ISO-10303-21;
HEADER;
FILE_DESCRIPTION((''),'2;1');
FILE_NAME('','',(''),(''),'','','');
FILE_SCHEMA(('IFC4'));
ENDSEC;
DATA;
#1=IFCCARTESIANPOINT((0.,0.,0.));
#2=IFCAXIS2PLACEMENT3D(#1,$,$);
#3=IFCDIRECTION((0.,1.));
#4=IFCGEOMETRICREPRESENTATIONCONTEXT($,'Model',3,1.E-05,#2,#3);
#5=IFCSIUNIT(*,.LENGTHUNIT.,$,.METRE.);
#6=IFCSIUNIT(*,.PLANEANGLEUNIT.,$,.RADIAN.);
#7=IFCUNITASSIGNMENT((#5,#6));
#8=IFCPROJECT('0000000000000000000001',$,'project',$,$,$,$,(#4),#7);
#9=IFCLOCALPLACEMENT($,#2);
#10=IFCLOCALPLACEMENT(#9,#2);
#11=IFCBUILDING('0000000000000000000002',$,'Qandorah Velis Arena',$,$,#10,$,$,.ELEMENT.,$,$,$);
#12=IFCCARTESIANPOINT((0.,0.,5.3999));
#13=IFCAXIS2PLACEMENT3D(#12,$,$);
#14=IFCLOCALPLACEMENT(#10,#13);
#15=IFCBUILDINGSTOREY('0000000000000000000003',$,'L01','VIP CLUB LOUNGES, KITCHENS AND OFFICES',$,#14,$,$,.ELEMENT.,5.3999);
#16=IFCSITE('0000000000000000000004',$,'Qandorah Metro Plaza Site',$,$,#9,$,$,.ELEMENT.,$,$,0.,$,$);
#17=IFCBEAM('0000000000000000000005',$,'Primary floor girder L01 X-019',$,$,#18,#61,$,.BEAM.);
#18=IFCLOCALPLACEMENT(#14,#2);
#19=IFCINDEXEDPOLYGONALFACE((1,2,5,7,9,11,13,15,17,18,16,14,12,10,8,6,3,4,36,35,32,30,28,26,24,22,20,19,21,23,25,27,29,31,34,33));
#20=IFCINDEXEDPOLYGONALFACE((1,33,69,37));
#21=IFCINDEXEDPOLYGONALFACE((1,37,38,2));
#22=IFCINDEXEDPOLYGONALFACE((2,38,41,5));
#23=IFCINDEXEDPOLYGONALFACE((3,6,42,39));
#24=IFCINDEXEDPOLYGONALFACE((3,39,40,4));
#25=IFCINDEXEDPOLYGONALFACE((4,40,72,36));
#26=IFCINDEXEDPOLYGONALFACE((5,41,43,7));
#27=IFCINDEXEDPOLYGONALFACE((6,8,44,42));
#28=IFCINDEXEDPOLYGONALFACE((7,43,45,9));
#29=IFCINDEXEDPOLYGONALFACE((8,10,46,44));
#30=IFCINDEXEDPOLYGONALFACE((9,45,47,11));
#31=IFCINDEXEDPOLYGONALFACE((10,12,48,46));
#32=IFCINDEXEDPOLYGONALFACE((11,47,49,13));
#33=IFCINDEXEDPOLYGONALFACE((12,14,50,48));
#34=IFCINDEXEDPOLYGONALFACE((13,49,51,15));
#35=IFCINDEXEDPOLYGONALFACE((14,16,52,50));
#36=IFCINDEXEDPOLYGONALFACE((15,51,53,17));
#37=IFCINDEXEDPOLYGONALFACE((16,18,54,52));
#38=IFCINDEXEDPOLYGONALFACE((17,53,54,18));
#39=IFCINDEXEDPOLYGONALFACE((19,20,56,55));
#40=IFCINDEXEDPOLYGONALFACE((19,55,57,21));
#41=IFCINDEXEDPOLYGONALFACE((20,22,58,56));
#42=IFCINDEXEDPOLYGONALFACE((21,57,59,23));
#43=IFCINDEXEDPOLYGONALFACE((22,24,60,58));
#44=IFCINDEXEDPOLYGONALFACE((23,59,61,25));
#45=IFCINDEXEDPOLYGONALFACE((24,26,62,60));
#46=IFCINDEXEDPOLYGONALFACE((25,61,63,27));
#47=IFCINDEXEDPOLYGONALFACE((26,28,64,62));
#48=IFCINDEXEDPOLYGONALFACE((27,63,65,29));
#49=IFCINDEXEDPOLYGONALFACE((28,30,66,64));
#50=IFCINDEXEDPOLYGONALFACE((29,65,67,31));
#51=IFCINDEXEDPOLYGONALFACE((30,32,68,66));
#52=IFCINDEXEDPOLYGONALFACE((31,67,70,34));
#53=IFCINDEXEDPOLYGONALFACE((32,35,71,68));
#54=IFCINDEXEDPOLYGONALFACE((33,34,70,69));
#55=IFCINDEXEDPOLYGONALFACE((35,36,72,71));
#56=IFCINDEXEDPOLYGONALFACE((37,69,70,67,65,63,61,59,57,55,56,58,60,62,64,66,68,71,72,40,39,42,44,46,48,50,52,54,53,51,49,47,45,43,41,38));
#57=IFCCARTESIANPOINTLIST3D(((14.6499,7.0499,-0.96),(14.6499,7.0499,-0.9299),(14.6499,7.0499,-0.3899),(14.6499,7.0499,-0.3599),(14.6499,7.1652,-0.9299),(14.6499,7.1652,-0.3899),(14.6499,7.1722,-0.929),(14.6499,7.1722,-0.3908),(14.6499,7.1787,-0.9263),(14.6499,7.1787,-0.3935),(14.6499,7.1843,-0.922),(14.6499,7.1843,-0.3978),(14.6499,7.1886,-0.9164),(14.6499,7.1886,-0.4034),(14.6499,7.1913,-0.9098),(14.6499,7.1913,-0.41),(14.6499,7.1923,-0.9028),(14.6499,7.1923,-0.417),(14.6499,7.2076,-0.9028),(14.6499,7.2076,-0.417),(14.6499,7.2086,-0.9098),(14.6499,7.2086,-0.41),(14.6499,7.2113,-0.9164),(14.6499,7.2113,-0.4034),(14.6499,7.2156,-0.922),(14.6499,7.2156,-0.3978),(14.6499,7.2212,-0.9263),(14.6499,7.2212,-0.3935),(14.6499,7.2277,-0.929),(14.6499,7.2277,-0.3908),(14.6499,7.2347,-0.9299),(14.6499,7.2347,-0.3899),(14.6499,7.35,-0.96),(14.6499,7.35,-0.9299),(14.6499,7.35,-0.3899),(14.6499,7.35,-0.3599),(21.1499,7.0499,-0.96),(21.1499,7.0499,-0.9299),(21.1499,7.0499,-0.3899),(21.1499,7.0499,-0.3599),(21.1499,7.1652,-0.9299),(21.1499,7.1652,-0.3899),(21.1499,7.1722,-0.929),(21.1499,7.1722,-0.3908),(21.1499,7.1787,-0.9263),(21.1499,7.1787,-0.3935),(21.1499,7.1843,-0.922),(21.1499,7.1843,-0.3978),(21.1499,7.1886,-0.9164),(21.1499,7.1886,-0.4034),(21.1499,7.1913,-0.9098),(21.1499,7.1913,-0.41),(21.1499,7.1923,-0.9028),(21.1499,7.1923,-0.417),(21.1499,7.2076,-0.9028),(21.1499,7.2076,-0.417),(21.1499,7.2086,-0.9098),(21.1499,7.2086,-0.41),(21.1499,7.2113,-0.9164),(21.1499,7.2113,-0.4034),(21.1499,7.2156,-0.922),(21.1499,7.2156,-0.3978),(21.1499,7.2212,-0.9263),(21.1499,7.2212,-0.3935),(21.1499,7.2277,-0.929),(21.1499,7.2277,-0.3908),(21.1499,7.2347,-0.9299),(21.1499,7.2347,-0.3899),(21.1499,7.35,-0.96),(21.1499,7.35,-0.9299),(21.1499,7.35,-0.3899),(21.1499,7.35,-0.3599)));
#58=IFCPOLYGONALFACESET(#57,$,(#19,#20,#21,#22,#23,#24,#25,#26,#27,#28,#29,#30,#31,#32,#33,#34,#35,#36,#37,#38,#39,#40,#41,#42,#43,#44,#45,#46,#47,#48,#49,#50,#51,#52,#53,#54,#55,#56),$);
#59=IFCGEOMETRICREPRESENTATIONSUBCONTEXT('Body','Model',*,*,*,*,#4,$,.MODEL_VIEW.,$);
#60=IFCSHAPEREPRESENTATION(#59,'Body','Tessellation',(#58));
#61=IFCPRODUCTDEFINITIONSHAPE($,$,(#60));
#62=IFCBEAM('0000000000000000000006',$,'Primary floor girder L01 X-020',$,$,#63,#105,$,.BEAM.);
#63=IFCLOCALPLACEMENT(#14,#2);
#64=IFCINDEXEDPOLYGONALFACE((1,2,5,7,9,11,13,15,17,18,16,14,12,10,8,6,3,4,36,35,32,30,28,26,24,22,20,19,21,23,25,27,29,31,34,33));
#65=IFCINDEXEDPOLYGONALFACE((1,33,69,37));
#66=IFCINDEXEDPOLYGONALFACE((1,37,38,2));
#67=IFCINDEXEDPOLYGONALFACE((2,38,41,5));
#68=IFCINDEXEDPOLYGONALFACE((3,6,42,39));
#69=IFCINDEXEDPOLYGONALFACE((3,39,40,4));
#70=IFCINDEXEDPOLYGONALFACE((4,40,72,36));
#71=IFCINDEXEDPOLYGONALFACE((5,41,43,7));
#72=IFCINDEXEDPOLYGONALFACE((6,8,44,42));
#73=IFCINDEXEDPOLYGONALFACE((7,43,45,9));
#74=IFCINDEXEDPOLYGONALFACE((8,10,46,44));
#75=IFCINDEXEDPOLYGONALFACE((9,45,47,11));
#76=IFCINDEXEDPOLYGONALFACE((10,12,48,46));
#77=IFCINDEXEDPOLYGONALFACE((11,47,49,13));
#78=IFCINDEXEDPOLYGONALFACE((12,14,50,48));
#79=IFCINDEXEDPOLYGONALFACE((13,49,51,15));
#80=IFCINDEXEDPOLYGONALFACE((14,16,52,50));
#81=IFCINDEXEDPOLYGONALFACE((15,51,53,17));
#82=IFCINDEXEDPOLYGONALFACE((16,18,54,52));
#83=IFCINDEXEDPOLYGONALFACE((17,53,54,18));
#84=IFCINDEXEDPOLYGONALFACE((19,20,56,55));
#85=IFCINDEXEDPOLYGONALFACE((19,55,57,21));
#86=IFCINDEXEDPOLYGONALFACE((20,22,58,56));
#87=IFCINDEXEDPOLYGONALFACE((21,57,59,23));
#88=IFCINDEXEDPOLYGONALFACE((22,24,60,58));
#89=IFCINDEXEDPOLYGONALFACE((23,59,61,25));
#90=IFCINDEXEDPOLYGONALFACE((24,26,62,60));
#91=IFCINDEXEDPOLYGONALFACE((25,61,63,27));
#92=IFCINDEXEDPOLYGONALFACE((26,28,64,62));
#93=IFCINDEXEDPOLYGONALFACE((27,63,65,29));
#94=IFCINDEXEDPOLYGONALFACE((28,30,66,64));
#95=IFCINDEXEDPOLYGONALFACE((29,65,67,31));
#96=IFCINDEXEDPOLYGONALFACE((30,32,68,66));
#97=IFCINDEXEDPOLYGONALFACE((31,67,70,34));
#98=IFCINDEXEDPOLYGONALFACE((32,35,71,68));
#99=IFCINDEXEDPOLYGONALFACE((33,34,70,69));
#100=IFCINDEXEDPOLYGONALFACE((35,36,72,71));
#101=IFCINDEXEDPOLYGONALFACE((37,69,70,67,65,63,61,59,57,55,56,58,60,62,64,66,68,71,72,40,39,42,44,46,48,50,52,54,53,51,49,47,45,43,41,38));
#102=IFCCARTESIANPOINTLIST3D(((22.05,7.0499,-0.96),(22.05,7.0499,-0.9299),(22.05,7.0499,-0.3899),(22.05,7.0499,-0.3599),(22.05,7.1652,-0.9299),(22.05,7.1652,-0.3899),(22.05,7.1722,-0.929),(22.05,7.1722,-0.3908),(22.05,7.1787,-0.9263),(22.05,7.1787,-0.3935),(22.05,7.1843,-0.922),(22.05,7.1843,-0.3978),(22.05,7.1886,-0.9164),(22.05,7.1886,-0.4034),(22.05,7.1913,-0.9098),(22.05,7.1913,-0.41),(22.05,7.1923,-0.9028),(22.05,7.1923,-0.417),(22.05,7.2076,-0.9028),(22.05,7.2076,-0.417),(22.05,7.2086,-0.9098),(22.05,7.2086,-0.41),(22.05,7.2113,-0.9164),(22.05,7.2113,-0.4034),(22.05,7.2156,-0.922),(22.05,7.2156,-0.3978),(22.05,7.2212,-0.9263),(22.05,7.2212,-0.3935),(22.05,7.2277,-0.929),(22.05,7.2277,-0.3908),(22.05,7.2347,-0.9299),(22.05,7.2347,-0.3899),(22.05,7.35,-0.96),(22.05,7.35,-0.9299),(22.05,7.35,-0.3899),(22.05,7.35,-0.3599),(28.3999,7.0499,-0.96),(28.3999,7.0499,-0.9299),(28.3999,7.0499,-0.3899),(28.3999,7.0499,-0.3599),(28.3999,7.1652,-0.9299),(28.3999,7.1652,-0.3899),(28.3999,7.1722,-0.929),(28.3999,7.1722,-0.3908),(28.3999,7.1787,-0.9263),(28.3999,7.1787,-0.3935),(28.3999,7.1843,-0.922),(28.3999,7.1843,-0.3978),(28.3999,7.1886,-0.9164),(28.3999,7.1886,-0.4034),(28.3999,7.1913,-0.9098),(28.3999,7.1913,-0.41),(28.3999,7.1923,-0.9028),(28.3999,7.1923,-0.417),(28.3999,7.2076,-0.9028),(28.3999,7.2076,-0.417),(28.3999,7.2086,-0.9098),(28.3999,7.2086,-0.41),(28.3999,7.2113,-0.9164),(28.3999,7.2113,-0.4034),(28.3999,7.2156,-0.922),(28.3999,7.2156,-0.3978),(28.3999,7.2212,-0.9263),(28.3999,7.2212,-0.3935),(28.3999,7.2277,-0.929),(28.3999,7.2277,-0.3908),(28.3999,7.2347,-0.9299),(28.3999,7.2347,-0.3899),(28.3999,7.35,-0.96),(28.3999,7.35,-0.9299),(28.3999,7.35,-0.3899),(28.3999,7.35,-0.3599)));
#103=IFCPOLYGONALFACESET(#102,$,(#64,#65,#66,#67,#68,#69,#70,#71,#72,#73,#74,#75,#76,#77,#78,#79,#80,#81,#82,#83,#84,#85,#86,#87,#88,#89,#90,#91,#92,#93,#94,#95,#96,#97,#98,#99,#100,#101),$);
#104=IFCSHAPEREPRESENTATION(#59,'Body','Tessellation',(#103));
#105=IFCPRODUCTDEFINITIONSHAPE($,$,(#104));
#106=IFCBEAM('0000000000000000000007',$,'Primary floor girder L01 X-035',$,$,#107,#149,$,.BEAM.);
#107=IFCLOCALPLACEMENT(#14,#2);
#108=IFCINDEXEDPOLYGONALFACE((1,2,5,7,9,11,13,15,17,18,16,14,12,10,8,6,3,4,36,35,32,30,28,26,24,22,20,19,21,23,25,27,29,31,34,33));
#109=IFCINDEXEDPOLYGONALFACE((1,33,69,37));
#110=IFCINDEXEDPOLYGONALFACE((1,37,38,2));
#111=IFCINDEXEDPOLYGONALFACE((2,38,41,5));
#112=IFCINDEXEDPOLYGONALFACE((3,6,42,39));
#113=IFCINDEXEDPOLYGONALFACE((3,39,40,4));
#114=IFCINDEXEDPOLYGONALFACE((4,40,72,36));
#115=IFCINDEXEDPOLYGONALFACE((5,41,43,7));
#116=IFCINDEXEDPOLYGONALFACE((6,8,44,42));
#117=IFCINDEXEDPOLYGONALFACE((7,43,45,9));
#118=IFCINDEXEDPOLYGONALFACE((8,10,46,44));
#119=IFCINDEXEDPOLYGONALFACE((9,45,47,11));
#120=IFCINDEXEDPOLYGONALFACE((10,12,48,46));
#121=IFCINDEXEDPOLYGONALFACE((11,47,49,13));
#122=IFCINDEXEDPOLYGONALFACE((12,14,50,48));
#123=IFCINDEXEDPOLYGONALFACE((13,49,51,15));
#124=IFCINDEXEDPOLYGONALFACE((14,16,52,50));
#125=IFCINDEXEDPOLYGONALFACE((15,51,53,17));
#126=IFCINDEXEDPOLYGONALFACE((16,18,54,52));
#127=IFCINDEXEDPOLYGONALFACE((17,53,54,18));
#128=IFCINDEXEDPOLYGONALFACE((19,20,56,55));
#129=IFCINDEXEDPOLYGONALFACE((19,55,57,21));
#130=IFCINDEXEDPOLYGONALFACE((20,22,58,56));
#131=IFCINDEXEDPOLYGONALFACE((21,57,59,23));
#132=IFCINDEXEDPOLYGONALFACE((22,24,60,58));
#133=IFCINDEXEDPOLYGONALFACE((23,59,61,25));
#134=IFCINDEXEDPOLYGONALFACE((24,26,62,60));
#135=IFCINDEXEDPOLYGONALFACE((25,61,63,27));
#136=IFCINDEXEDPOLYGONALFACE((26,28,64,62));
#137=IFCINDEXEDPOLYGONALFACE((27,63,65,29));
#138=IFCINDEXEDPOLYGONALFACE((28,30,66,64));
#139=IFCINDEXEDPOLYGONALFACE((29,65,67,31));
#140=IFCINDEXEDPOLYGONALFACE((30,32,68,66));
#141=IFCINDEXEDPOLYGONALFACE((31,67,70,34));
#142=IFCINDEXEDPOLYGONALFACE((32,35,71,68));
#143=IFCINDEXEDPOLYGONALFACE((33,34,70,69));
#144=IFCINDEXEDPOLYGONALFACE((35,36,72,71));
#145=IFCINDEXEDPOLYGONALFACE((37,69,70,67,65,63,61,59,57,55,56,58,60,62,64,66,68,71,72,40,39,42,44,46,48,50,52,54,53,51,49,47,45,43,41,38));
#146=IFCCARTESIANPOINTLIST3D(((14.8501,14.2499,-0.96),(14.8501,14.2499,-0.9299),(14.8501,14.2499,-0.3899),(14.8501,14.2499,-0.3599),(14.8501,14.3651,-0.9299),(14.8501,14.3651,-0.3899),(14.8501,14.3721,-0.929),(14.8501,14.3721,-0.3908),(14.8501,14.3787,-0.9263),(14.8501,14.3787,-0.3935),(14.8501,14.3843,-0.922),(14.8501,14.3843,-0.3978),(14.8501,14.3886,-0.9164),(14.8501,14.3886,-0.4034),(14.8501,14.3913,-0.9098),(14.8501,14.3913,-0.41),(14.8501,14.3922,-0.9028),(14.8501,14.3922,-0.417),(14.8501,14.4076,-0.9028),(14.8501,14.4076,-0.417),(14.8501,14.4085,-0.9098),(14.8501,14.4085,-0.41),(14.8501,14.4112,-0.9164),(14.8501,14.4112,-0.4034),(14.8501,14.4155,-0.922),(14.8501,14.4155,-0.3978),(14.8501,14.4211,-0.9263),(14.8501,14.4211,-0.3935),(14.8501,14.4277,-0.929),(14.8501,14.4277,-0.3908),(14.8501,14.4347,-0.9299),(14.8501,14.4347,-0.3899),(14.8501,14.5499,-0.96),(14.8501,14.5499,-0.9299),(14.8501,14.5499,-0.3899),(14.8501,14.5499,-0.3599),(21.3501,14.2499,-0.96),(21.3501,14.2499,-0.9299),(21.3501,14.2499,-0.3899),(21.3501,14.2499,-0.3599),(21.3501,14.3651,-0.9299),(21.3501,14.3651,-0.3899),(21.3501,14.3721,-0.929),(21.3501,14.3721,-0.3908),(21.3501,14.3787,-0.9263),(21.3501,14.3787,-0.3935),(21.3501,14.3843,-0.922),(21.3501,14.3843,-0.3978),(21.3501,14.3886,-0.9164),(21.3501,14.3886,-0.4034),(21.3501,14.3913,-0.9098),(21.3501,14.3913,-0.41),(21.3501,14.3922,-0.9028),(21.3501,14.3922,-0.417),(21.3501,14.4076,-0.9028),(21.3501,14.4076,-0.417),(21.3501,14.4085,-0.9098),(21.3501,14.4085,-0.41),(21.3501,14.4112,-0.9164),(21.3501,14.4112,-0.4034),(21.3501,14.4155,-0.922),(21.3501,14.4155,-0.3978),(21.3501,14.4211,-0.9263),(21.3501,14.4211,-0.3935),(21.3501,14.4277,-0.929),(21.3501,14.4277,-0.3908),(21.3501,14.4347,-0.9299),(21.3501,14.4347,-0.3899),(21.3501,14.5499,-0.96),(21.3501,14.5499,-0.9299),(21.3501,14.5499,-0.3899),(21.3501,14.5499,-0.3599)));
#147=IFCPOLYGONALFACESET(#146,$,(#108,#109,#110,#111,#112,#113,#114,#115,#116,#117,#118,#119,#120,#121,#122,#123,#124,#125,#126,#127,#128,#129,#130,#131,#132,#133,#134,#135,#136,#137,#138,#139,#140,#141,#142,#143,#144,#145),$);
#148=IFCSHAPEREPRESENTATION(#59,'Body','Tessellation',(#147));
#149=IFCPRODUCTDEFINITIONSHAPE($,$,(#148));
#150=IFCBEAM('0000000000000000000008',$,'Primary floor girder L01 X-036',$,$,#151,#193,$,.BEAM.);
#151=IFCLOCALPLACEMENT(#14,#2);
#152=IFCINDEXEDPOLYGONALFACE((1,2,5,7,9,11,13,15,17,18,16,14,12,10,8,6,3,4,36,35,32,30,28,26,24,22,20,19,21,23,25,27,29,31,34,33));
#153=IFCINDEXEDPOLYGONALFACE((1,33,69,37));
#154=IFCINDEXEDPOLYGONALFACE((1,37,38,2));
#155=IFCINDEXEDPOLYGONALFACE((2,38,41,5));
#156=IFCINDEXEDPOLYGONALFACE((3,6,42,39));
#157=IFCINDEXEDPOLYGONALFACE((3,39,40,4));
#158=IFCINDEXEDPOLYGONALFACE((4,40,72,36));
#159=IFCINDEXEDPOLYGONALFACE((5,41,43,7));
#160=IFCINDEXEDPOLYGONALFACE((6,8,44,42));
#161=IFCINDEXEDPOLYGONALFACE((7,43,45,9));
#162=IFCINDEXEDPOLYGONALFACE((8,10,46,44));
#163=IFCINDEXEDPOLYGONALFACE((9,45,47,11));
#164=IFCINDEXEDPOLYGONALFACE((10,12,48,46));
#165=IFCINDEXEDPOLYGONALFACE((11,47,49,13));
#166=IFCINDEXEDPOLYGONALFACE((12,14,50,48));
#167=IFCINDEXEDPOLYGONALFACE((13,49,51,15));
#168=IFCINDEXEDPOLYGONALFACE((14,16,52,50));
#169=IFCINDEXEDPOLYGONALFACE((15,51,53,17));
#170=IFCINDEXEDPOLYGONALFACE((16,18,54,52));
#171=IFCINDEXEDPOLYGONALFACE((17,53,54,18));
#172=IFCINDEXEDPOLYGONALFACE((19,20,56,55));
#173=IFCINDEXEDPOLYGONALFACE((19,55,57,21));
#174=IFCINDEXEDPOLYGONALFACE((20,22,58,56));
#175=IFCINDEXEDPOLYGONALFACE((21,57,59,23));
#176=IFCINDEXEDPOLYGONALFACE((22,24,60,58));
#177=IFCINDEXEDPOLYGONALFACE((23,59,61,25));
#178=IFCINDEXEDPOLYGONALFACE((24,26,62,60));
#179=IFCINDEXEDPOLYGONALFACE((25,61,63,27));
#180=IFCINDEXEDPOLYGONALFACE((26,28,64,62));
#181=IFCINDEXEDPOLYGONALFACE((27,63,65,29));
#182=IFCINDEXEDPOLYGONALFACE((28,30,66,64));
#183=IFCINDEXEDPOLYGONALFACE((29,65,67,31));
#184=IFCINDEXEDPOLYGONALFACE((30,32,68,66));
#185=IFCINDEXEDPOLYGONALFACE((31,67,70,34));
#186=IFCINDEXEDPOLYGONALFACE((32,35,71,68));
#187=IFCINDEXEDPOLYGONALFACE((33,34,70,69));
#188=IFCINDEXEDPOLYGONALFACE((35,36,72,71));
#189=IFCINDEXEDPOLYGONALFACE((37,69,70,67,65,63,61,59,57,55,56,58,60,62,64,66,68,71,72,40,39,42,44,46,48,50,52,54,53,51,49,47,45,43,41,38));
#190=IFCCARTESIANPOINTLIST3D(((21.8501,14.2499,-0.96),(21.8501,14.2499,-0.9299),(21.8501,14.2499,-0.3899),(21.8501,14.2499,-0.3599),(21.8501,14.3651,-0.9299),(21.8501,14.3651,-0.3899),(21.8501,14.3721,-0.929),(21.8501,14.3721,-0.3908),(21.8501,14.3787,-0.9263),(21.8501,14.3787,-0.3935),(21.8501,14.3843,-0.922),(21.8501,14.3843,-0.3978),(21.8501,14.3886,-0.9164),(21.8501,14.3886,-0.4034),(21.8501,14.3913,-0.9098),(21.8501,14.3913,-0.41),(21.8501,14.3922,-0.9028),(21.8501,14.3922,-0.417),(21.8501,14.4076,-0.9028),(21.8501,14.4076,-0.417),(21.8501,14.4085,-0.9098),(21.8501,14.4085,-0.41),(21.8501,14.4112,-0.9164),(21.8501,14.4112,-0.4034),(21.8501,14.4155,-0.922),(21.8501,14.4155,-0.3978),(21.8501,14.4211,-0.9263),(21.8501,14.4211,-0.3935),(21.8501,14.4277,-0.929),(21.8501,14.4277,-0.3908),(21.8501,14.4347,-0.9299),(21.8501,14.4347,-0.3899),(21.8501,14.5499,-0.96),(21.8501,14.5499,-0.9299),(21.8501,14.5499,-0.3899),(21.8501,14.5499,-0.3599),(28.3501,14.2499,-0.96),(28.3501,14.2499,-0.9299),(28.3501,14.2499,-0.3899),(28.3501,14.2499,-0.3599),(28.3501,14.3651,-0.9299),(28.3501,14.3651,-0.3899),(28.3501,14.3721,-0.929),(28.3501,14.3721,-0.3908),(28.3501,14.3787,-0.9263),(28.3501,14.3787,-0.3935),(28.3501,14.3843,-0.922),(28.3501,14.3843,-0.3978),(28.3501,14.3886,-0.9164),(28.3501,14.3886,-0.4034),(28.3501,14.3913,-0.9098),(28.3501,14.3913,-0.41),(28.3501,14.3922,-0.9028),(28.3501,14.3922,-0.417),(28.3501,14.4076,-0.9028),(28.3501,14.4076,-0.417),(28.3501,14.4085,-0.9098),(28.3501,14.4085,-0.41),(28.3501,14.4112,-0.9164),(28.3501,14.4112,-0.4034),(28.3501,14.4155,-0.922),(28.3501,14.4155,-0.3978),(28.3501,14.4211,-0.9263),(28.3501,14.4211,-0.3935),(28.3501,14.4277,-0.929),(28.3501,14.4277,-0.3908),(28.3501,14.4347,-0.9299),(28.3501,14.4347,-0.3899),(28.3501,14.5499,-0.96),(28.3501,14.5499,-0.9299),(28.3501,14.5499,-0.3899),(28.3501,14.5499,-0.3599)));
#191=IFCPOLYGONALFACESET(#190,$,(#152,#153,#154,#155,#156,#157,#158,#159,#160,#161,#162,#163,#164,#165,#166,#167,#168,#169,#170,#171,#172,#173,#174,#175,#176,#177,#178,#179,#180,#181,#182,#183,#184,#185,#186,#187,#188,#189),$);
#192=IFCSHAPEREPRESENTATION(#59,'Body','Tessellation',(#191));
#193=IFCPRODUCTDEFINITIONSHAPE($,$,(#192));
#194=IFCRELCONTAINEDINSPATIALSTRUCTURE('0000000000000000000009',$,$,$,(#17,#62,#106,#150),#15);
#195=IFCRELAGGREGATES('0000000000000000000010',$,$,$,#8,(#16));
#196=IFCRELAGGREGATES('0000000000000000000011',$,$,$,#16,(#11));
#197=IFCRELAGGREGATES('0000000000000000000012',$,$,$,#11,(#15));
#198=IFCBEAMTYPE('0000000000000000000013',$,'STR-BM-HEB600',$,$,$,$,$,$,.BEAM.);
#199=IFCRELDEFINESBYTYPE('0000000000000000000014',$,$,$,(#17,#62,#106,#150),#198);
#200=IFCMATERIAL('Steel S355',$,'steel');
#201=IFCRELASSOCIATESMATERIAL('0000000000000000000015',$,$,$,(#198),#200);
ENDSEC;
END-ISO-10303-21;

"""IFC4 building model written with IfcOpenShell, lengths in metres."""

from ifc_helpers import new_model, si_unit, direction, frame, origin, origin_2d, place, context, subcontext, project, spatial, i_section, extrude, material, material_profile, profile_set, type_object, element, save


model = new_model("IFC4")

# Units and contexts
model_context = context("Model", 3, precision=1e-05, world=origin(), true_north=direction((0.0, 1.0)))
body_context = subcontext(model_context, "Body", "Model", "MODEL_VIEW")
ifc_project = project(units=[si_unit("LENGTHUNIT", "METRE"), si_unit("PLANEANGLEUNIT", "RADIAN")], contexts=[model_context])

# Site, building, storey
site_placement = place(None, origin())
site = spatial("IfcSite", under=ifc_project, at=site_placement, Name="Qandorah Metro Plaza Site", CompositionType="ELEMENT", RefElevation=0.0)
building_placement = place(site_placement, origin())
building = spatial("IfcBuilding", under=site, at=building_placement, Name="Qandorah Velis Arena", CompositionType="ELEMENT")
storey_placement = place(building_placement, frame((0.0, 0.0, 5.3999)))
storey = spatial("IfcBuildingStorey", under=building, at=storey_placement, Name="L01", Description="VIP CLUB LOUNGES, KITCHENS AND OFFICES", CompositionType="ELEMENT", Elevation=5.3999)

# Beams
ifc_material_1 = material(Name="Steel S355", Category="steel")
ifc_material_profile_1 = material_profile(ifc_material_1, i_section(OverallWidth=0.3, OverallDepth=0.6001, WebThickness=0.0154, FlangeThickness=0.03, FilletRadius=0.0271, at=origin_2d()), Name="HEB 600")
ifc_profile_set_1 = profile_set([ifc_material_profile_1], Name="Steel S355")
beam_type_1 = type_object("IfcBeamType", Name="STR-BM-HEB600", PredefinedType="BEAM", material=ifc_profile_set_1)
beam_1_placement = place(storey_placement, frame((14.6499, 7.2, -0.6599), z_axis=(1.0, 0.0, 0.0), x_axis=(0.0, 1.0, 0.0)))
element("IfcBeam", 1, at=beam_1_placement, inside=storey, type_object=beam_type_1, Name="Primary floor girder L01 X-019", PredefinedType="BEAM", context=body_context, shape_type="SweptSolid", body=[
    extrude(i_section(OverallWidth=0.3, OverallDepth=0.6001, WebThickness=0.0154, FlangeThickness=0.03, FilletRadius=0.0271, at=origin_2d()), origin(), (0.0, 0.0, 1.0), 6.5),
])
beam_2_placement = place(storey_placement, frame((22.05, 7.2, -0.6599), z_axis=(1.0, 0.0, 0.0), x_axis=(0.0, 1.0, 0.0)))
element("IfcBeam", 2, at=beam_2_placement, inside=storey, type_object=beam_type_1, Name="Primary floor girder L01 X-020", PredefinedType="BEAM", context=body_context, shape_type="SweptSolid", body=[
    extrude(i_section(OverallWidth=0.3, OverallDepth=0.6001, WebThickness=0.0154, FlangeThickness=0.03, FilletRadius=0.0271, at=origin_2d()), origin(), (0.0, 0.0, 1.0), 6.3499),
])
for number, where, z_axis, x_axis, name in (
    (3, (14.8501, 14.3999, -0.6599), (1.0, 0.0, 0.0), (0.0, 1.0, 0.0), "Primary floor girder L01 X-035"),
    (4, (21.8501, 14.3999, -0.6599), (1.0, 0.0, 0.0), (0.0, 1.0, 0.0), "Primary floor girder L01 X-036"),
):
    element("IfcBeam", number, at=place(storey_placement, frame(where, z_axis=z_axis, x_axis=x_axis)), inside=storey, type_object=beam_type_1, Name=name, PredefinedType="BEAM", context=body_context, shape_type="SweptSolid", body=[
        extrude(i_section(OverallWidth=0.3, OverallDepth=0.6001, WebThickness=0.0154, FlangeThickness=0.03, FilletRadius=0.0271, at=origin_2d()), origin(), (0.0, 0.0, 1.0), 6.5),
    ])

save(model, "model.ifc")
